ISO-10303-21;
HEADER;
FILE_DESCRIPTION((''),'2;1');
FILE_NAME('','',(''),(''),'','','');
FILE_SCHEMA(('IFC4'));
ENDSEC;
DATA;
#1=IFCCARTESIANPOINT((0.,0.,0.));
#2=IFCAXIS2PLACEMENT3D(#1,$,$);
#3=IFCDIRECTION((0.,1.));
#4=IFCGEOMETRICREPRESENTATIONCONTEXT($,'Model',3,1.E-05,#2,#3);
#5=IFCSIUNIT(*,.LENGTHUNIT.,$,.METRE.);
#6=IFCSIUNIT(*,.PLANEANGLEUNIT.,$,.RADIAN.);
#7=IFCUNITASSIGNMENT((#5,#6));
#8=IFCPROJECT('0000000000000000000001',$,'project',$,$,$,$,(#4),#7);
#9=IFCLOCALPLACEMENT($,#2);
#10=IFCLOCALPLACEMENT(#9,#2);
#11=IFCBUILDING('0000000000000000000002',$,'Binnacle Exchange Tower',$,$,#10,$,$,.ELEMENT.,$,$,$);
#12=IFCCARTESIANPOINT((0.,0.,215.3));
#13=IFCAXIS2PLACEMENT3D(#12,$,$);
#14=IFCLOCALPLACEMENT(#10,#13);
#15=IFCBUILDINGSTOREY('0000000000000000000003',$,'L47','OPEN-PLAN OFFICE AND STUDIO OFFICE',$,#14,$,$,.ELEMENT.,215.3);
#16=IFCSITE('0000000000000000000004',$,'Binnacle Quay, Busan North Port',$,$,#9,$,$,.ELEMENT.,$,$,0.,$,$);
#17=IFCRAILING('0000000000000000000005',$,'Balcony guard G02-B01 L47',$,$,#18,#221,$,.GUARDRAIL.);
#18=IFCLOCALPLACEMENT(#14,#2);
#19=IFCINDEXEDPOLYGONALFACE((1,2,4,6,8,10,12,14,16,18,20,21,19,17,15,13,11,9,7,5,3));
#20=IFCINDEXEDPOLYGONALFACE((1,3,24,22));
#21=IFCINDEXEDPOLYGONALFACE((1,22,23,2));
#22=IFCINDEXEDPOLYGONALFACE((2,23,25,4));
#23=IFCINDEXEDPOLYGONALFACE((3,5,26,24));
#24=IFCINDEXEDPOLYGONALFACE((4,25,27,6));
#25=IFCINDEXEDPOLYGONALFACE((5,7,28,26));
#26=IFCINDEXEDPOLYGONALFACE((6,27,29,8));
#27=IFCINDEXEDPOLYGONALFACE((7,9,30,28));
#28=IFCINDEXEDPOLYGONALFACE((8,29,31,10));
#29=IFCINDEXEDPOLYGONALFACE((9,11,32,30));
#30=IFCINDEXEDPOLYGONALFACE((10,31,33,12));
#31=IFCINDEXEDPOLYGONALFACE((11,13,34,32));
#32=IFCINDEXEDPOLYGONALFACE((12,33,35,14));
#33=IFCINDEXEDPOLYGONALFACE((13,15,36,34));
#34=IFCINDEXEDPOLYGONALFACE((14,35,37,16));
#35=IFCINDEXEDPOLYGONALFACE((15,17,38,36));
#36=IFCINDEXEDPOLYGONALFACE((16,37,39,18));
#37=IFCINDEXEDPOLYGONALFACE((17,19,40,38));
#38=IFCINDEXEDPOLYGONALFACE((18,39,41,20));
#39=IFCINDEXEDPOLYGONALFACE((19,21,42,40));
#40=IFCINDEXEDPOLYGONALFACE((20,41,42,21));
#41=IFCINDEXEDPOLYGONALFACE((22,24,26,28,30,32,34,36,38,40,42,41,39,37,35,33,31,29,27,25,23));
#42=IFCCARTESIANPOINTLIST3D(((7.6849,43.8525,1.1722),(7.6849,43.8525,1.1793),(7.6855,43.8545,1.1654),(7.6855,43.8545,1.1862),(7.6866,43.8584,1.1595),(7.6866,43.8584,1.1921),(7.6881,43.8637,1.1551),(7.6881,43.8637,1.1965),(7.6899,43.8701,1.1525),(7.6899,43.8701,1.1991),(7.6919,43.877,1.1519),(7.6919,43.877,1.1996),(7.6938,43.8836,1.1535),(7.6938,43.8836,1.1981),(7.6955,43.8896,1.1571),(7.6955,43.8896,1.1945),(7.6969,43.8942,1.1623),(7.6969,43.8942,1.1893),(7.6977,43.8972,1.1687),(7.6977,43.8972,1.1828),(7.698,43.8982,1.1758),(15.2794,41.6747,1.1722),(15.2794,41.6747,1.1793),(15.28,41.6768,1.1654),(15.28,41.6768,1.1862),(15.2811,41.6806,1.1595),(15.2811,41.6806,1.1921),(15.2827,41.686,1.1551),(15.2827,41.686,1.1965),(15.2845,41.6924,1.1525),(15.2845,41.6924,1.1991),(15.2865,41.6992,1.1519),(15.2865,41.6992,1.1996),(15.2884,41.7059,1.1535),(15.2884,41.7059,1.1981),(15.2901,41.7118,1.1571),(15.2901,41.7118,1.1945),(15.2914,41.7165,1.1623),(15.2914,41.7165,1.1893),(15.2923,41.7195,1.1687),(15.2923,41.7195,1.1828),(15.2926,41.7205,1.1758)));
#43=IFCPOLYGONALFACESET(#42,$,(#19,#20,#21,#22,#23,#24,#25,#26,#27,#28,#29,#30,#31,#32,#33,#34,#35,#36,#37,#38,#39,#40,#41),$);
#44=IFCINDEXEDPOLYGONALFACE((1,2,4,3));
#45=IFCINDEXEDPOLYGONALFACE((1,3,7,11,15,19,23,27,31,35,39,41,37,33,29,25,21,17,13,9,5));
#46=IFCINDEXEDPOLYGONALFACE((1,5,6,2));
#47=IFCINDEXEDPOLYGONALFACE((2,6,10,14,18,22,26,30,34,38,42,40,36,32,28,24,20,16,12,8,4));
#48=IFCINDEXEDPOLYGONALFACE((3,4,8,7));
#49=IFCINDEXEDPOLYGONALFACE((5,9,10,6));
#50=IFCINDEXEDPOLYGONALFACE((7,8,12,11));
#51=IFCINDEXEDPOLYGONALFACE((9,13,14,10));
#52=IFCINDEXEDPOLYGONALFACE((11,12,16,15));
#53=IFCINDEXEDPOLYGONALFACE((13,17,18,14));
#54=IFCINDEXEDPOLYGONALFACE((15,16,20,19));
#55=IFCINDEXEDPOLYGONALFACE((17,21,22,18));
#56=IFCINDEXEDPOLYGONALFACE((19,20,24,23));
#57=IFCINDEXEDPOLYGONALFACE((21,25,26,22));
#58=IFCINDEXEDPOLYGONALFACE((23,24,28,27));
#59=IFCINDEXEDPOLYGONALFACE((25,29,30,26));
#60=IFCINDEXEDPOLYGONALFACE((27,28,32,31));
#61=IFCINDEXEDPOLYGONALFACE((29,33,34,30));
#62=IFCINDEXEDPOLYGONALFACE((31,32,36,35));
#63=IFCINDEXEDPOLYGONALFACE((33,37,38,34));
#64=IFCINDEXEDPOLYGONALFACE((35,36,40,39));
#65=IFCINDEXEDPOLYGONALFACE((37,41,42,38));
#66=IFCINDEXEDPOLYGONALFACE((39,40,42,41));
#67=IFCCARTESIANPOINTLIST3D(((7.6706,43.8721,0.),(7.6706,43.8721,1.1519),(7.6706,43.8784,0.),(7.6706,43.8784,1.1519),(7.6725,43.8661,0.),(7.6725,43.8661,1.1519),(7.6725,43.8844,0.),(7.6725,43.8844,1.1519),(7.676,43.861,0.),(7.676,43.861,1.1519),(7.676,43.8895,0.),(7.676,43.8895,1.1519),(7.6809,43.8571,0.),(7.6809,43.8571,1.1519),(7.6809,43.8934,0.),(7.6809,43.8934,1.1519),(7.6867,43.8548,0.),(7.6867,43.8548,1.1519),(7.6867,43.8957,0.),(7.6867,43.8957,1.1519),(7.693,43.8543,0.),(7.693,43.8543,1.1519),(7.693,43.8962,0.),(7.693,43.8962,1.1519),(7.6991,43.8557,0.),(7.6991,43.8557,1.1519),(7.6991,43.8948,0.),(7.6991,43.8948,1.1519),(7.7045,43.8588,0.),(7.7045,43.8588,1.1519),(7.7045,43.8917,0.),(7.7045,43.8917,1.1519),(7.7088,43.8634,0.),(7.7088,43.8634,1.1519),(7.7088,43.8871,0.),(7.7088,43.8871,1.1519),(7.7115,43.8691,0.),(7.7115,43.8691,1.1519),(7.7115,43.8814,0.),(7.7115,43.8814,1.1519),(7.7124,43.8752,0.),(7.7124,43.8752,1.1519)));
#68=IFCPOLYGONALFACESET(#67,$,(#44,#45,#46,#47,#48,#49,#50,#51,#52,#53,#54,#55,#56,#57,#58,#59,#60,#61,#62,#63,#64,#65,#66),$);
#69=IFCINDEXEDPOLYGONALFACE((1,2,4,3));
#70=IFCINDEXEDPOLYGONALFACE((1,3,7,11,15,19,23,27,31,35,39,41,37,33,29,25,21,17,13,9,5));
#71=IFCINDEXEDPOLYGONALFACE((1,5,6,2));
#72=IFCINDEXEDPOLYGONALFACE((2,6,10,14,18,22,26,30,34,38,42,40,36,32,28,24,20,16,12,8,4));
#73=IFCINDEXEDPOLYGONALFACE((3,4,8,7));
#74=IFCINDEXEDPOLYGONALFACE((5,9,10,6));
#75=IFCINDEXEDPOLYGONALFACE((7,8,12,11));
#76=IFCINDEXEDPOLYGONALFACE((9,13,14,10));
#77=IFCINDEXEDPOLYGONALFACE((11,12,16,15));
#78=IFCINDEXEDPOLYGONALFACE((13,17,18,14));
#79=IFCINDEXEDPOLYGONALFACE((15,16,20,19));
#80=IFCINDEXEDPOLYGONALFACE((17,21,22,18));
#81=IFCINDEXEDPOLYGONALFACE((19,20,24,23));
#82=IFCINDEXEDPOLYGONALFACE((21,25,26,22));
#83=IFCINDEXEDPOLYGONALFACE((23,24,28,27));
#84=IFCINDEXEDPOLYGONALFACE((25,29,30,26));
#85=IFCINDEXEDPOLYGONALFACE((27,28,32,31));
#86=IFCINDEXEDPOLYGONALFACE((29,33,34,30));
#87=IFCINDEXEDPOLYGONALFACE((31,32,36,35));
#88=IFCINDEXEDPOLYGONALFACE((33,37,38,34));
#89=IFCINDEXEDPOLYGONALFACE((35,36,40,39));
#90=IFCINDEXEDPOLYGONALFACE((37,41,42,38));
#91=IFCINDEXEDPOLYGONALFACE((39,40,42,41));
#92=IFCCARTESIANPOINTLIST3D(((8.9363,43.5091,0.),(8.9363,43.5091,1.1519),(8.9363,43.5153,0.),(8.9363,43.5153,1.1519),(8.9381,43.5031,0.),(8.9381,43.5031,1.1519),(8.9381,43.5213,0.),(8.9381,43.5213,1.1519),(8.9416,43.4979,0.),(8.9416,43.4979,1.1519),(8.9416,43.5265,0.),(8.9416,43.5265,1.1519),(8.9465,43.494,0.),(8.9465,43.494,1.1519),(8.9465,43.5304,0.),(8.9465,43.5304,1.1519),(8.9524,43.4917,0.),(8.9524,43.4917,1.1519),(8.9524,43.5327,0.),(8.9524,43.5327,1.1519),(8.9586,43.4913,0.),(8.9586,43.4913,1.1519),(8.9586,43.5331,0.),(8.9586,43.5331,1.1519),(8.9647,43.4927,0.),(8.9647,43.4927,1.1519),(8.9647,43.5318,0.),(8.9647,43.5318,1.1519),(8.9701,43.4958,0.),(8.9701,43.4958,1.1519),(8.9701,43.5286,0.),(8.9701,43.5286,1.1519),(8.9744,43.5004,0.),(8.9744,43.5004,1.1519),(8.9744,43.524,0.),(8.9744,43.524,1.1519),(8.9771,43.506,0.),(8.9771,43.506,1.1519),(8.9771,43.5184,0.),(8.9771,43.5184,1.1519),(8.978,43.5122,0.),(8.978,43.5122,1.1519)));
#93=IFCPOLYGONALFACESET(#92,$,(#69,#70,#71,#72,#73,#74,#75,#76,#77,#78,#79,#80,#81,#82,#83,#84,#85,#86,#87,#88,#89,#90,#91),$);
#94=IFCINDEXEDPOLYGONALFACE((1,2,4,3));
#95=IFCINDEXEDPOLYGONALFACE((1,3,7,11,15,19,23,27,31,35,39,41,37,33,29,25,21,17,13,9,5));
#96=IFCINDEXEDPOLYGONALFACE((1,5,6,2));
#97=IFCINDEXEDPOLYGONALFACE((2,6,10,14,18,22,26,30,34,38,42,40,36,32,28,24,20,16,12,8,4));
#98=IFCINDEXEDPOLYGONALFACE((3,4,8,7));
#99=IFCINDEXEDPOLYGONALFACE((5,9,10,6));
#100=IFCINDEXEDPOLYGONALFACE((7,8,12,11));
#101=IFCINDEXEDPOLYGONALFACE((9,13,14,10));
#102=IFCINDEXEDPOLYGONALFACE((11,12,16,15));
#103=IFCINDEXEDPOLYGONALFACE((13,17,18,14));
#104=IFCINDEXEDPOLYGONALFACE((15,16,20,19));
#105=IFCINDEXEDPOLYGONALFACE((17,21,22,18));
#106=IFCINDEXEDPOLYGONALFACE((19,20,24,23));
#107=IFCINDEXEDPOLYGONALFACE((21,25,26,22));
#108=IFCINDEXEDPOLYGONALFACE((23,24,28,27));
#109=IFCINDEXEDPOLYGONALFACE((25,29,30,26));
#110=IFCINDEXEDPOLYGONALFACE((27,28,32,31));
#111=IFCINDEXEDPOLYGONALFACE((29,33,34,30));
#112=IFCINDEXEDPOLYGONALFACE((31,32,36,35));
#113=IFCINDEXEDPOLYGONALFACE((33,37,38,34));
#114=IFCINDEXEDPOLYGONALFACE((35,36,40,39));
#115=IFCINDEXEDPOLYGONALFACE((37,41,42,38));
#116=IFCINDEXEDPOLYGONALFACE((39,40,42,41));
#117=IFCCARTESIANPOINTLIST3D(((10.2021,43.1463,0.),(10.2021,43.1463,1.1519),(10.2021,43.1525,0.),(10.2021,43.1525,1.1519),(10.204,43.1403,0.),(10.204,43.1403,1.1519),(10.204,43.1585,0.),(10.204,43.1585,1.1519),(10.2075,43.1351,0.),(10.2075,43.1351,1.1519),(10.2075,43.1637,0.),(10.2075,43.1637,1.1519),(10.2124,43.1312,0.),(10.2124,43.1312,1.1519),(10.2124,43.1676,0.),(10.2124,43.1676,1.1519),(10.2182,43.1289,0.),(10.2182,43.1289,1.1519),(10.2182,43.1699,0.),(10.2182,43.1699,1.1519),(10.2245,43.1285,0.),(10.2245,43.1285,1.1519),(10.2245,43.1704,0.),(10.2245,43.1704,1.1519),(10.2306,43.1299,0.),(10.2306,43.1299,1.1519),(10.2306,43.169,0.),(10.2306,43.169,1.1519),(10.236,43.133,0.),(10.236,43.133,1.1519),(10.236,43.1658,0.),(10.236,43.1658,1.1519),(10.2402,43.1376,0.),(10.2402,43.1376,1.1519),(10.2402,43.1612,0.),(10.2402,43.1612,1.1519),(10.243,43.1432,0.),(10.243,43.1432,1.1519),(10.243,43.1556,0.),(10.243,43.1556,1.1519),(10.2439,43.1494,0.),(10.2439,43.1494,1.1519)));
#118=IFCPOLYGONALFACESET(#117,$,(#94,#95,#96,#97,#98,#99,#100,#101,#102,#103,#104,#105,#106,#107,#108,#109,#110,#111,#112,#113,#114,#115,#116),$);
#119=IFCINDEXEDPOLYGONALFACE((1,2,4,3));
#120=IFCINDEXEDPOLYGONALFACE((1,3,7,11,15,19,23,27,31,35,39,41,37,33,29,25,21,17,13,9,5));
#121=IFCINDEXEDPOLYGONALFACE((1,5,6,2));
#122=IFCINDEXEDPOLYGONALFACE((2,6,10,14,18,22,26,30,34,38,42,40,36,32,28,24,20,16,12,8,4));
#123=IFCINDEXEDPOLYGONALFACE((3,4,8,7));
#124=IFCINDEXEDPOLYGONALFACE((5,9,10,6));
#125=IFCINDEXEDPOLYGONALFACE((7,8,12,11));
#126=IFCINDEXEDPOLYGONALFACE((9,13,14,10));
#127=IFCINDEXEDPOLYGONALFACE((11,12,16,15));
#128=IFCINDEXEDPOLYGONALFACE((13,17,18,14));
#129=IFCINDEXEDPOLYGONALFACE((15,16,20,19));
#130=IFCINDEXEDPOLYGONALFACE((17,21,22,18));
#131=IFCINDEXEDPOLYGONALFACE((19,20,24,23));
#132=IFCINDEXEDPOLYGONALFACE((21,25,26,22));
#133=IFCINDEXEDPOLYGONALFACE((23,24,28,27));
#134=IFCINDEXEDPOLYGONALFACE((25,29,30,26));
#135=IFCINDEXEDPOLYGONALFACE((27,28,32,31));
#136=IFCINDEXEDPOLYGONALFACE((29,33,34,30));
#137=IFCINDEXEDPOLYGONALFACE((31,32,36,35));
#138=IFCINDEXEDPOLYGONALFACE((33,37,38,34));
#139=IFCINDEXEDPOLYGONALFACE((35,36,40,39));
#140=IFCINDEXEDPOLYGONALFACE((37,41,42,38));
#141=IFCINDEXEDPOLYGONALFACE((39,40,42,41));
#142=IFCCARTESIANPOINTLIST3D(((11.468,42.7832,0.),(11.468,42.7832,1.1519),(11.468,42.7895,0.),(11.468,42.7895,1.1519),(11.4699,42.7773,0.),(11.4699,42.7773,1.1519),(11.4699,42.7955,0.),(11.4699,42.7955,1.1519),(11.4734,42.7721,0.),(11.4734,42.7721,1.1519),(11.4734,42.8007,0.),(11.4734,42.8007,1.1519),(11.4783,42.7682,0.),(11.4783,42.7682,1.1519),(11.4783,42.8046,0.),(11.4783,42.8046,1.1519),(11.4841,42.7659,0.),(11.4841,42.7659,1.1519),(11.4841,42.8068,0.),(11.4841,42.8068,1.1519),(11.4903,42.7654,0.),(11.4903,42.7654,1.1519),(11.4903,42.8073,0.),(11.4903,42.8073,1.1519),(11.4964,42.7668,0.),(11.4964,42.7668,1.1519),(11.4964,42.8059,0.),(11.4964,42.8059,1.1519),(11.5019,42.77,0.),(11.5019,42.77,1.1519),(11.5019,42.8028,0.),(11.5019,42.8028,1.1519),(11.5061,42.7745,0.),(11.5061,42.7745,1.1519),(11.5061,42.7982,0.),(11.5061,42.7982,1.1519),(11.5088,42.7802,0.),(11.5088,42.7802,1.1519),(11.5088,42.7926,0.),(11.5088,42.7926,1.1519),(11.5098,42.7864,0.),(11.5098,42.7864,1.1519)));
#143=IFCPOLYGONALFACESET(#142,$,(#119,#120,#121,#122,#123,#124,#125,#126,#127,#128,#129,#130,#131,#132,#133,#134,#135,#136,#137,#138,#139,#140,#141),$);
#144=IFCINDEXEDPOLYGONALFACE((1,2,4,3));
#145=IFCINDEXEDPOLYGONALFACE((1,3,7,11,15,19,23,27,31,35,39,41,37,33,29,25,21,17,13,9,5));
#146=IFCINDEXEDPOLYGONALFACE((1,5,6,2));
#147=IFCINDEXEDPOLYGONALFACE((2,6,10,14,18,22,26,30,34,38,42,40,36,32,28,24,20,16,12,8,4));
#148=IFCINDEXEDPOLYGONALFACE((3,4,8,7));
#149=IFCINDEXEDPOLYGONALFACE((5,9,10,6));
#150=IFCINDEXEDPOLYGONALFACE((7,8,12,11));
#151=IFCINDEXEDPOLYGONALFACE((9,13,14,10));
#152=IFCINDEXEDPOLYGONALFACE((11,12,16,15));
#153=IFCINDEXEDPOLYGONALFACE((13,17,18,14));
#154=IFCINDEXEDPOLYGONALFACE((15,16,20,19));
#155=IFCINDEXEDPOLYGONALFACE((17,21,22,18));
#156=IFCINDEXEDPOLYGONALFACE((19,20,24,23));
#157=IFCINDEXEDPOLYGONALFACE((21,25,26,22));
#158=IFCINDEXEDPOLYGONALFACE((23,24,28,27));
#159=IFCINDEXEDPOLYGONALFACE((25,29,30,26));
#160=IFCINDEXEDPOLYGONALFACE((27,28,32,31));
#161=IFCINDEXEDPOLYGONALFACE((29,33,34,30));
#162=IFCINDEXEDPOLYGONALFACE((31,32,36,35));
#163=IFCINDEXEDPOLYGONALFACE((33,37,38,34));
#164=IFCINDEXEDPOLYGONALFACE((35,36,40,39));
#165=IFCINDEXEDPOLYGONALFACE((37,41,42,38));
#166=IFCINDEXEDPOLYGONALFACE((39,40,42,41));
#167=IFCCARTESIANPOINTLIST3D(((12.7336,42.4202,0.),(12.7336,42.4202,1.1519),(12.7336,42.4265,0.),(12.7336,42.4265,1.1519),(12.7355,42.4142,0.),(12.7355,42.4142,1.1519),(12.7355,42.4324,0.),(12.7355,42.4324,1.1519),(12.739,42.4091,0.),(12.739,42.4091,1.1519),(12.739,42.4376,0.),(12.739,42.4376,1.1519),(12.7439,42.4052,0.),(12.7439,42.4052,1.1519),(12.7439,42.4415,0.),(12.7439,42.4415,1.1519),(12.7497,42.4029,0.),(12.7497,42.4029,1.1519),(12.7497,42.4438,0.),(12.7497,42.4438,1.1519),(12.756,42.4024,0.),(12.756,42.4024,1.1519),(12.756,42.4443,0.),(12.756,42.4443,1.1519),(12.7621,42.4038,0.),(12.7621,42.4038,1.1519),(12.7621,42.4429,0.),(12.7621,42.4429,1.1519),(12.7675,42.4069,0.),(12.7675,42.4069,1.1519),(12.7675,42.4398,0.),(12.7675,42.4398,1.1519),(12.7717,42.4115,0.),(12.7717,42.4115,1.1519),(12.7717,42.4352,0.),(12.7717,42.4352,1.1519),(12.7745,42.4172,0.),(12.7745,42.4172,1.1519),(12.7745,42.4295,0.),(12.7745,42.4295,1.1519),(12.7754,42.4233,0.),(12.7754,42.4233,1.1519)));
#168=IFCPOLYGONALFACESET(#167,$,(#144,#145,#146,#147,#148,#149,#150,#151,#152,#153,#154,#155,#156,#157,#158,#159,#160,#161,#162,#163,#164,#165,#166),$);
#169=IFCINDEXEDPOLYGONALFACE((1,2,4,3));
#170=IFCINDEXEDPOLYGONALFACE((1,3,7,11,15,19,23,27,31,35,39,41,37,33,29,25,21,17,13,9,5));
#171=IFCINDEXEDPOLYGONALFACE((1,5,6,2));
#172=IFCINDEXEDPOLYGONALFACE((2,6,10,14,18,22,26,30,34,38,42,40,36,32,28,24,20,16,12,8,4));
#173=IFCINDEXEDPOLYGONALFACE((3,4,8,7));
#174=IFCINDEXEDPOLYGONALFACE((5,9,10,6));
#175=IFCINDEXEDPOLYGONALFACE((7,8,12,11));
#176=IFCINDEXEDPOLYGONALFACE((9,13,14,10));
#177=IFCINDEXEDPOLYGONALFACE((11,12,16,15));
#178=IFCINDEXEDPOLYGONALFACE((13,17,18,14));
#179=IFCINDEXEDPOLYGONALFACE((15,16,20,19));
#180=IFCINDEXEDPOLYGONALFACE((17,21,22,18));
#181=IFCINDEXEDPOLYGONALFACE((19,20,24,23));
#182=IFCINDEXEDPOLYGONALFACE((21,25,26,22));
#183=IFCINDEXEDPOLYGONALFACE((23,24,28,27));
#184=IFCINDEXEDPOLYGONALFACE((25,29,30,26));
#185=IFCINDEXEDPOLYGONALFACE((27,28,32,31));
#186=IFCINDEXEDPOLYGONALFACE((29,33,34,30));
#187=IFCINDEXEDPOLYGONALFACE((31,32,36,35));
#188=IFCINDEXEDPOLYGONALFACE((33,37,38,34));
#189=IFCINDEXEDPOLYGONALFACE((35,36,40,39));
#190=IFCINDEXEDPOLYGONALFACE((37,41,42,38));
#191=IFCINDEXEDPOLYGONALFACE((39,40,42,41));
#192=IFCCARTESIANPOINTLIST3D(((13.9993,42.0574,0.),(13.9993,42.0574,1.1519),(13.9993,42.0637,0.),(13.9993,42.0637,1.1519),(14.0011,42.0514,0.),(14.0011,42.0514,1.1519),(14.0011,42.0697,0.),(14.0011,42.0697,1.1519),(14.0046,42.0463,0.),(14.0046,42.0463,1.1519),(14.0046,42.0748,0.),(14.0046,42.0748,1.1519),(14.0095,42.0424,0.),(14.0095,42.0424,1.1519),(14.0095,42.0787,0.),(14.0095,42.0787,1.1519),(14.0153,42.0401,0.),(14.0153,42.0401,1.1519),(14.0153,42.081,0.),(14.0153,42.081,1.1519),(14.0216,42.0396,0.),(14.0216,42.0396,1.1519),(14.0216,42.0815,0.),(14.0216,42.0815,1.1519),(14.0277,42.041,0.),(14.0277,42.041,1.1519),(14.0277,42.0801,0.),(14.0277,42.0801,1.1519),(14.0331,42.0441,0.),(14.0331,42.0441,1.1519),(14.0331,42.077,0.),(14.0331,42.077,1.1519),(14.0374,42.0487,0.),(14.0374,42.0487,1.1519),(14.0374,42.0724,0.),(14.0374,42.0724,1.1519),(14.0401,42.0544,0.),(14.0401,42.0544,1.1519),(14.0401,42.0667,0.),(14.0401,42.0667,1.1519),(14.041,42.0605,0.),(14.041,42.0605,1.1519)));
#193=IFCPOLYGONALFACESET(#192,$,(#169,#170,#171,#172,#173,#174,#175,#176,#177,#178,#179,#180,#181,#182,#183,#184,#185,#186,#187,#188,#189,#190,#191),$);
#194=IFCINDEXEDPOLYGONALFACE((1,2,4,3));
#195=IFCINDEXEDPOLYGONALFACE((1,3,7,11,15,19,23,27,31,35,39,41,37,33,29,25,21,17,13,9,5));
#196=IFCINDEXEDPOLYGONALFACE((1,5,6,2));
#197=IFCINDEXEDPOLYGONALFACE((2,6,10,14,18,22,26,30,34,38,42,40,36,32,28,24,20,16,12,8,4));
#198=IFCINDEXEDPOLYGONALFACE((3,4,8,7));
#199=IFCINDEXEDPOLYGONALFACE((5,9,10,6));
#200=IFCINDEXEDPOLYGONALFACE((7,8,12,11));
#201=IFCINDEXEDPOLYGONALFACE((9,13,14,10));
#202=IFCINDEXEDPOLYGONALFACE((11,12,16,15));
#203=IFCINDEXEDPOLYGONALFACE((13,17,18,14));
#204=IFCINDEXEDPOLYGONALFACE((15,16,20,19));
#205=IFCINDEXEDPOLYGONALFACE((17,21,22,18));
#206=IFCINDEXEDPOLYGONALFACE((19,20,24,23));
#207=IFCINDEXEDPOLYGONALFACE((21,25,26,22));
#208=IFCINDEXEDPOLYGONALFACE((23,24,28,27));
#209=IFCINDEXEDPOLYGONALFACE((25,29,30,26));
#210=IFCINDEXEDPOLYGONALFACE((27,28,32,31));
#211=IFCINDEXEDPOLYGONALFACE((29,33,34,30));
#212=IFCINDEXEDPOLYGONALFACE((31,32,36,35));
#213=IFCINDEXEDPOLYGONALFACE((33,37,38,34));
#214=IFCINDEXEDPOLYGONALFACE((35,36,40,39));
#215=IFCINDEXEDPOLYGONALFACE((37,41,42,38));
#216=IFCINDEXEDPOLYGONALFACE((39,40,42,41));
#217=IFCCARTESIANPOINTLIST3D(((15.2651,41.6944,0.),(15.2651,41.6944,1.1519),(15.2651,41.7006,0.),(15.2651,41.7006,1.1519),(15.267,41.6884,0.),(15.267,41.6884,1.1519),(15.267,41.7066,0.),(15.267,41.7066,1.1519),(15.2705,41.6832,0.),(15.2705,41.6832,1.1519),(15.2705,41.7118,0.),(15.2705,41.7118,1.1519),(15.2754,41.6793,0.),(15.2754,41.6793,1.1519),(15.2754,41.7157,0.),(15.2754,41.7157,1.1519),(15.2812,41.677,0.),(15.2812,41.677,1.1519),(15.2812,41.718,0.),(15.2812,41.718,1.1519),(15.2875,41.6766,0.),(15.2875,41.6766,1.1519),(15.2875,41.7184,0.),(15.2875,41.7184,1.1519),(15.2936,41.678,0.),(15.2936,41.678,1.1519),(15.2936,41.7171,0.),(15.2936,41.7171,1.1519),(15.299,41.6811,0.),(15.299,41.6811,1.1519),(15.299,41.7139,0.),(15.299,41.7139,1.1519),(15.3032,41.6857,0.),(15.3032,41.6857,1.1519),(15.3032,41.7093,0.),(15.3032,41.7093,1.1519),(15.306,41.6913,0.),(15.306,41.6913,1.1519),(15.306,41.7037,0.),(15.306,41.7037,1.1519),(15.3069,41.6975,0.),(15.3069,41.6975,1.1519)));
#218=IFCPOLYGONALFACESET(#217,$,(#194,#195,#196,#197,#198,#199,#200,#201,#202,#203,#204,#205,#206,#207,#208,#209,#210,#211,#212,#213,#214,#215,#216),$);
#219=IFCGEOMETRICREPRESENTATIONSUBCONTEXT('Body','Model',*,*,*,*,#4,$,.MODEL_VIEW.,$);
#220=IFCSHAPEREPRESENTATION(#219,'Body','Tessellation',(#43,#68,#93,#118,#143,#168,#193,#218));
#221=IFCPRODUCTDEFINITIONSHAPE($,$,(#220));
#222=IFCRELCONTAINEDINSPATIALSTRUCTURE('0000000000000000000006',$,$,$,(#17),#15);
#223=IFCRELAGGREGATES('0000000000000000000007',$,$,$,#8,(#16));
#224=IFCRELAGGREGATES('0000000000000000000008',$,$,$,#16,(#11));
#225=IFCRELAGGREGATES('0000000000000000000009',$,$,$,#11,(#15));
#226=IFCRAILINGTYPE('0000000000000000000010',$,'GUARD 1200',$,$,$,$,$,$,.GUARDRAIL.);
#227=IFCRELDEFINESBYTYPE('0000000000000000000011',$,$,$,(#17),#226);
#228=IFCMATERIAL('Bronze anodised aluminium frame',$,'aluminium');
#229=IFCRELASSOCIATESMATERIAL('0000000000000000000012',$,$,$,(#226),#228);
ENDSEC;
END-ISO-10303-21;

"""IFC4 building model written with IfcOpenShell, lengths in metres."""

from ifc_helpers import new_model, si_unit, direction, frame, origin, origin_2d, place, context, subcontext, project, spatial, circle, extrude, material, type_object, element, save


model = new_model("IFC4")

# Units and contexts
model_context = context("Model", 3, precision=1e-05, world=origin(), true_north=direction((0.0, 1.0)))
body_context = subcontext(model_context, "Body", "Model", "MODEL_VIEW")
ifc_project = project(units=[si_unit("LENGTHUNIT", "METRE"), si_unit("PLANEANGLEUNIT", "RADIAN")], contexts=[model_context])

# Site, building, storey
site_placement = place(None, origin())
site = spatial("IfcSite", under=ifc_project, at=site_placement, Name="Binnacle Quay, Busan North Port", CompositionType="ELEMENT", RefElevation=0.0)
building_placement = place(site_placement, origin())
building = spatial("IfcBuilding", under=site, at=building_placement, Name="Binnacle Exchange Tower", CompositionType="ELEMENT")
storey_placement = place(building_placement, frame((0.0, 0.0, 215.3)))
storey = spatial("IfcBuildingStorey", under=building, at=storey_placement, Name="L47", Description="OPEN-PLAN OFFICE AND STUDIO OFFICE", CompositionType="ELEMENT", Elevation=215.3)

# Shared definitions
ifc_material_1 = material(Name="Bronze anodised aluminium frame", Category="aluminium")

# Railing
railing_type = type_object("IfcRailingType", Name="GUARD 1200", PredefinedType="GUARDRAIL", material=ifc_material_1)
railing_1_placement = place(storey_placement, frame((7.6914, 43.8752, 0.0)))
element("IfcRailing", 1, at=railing_1_placement, inside=storey, type_object=railing_type, Name="Balcony guard G02-B01 L47", PredefinedType="GUARDRAIL", context=body_context, shape_type="SweptSolid", body=[
    extrude(circle(Radius=0.0239, at=origin_2d()), frame((0.0, 0.0, 1.1758), z_axis=(0.96126, -0.275643, 0.0), x_axis=(0.275643, 0.96126, 0.0)), (0.0, 0.0, 1.0), 7.9006),
    extrude(circle(Radius=0.021, at=origin_2d()), origin(), (0.0, 0.0, 1.0), 1.1519),
    extrude(circle(Radius=0.021, at=origin_2d()), frame((1.2656, -0.363, 0.0)), (0.0, 0.0, 1.0), 1.1519),
    extrude(circle(Radius=0.021, at=origin_2d()), frame((2.5315, -0.7258, 0.0)), (0.0, 0.0, 1.0), 1.1519),
    extrude(circle(Radius=0.021, at=origin_2d()), frame((3.7974, -1.0889, 0.0)), (0.0, 0.0, 1.0), 1.1519),
    extrude(circle(Radius=0.021, at=origin_2d()), frame((5.063, -1.4519, 0.0)), (0.0, 0.0, 1.0), 1.1519),
    extrude(circle(Radius=0.021, at=origin_2d()), frame((6.3286, -1.8147, 0.0)), (0.0, 0.0, 1.0), 1.1519),
    extrude(circle(Radius=0.021, at=origin_2d()), frame((7.5945, -2.1777, 0.0)), (0.0, 0.0, 1.0), 1.1519),
])

save(model, "model.ifc")
